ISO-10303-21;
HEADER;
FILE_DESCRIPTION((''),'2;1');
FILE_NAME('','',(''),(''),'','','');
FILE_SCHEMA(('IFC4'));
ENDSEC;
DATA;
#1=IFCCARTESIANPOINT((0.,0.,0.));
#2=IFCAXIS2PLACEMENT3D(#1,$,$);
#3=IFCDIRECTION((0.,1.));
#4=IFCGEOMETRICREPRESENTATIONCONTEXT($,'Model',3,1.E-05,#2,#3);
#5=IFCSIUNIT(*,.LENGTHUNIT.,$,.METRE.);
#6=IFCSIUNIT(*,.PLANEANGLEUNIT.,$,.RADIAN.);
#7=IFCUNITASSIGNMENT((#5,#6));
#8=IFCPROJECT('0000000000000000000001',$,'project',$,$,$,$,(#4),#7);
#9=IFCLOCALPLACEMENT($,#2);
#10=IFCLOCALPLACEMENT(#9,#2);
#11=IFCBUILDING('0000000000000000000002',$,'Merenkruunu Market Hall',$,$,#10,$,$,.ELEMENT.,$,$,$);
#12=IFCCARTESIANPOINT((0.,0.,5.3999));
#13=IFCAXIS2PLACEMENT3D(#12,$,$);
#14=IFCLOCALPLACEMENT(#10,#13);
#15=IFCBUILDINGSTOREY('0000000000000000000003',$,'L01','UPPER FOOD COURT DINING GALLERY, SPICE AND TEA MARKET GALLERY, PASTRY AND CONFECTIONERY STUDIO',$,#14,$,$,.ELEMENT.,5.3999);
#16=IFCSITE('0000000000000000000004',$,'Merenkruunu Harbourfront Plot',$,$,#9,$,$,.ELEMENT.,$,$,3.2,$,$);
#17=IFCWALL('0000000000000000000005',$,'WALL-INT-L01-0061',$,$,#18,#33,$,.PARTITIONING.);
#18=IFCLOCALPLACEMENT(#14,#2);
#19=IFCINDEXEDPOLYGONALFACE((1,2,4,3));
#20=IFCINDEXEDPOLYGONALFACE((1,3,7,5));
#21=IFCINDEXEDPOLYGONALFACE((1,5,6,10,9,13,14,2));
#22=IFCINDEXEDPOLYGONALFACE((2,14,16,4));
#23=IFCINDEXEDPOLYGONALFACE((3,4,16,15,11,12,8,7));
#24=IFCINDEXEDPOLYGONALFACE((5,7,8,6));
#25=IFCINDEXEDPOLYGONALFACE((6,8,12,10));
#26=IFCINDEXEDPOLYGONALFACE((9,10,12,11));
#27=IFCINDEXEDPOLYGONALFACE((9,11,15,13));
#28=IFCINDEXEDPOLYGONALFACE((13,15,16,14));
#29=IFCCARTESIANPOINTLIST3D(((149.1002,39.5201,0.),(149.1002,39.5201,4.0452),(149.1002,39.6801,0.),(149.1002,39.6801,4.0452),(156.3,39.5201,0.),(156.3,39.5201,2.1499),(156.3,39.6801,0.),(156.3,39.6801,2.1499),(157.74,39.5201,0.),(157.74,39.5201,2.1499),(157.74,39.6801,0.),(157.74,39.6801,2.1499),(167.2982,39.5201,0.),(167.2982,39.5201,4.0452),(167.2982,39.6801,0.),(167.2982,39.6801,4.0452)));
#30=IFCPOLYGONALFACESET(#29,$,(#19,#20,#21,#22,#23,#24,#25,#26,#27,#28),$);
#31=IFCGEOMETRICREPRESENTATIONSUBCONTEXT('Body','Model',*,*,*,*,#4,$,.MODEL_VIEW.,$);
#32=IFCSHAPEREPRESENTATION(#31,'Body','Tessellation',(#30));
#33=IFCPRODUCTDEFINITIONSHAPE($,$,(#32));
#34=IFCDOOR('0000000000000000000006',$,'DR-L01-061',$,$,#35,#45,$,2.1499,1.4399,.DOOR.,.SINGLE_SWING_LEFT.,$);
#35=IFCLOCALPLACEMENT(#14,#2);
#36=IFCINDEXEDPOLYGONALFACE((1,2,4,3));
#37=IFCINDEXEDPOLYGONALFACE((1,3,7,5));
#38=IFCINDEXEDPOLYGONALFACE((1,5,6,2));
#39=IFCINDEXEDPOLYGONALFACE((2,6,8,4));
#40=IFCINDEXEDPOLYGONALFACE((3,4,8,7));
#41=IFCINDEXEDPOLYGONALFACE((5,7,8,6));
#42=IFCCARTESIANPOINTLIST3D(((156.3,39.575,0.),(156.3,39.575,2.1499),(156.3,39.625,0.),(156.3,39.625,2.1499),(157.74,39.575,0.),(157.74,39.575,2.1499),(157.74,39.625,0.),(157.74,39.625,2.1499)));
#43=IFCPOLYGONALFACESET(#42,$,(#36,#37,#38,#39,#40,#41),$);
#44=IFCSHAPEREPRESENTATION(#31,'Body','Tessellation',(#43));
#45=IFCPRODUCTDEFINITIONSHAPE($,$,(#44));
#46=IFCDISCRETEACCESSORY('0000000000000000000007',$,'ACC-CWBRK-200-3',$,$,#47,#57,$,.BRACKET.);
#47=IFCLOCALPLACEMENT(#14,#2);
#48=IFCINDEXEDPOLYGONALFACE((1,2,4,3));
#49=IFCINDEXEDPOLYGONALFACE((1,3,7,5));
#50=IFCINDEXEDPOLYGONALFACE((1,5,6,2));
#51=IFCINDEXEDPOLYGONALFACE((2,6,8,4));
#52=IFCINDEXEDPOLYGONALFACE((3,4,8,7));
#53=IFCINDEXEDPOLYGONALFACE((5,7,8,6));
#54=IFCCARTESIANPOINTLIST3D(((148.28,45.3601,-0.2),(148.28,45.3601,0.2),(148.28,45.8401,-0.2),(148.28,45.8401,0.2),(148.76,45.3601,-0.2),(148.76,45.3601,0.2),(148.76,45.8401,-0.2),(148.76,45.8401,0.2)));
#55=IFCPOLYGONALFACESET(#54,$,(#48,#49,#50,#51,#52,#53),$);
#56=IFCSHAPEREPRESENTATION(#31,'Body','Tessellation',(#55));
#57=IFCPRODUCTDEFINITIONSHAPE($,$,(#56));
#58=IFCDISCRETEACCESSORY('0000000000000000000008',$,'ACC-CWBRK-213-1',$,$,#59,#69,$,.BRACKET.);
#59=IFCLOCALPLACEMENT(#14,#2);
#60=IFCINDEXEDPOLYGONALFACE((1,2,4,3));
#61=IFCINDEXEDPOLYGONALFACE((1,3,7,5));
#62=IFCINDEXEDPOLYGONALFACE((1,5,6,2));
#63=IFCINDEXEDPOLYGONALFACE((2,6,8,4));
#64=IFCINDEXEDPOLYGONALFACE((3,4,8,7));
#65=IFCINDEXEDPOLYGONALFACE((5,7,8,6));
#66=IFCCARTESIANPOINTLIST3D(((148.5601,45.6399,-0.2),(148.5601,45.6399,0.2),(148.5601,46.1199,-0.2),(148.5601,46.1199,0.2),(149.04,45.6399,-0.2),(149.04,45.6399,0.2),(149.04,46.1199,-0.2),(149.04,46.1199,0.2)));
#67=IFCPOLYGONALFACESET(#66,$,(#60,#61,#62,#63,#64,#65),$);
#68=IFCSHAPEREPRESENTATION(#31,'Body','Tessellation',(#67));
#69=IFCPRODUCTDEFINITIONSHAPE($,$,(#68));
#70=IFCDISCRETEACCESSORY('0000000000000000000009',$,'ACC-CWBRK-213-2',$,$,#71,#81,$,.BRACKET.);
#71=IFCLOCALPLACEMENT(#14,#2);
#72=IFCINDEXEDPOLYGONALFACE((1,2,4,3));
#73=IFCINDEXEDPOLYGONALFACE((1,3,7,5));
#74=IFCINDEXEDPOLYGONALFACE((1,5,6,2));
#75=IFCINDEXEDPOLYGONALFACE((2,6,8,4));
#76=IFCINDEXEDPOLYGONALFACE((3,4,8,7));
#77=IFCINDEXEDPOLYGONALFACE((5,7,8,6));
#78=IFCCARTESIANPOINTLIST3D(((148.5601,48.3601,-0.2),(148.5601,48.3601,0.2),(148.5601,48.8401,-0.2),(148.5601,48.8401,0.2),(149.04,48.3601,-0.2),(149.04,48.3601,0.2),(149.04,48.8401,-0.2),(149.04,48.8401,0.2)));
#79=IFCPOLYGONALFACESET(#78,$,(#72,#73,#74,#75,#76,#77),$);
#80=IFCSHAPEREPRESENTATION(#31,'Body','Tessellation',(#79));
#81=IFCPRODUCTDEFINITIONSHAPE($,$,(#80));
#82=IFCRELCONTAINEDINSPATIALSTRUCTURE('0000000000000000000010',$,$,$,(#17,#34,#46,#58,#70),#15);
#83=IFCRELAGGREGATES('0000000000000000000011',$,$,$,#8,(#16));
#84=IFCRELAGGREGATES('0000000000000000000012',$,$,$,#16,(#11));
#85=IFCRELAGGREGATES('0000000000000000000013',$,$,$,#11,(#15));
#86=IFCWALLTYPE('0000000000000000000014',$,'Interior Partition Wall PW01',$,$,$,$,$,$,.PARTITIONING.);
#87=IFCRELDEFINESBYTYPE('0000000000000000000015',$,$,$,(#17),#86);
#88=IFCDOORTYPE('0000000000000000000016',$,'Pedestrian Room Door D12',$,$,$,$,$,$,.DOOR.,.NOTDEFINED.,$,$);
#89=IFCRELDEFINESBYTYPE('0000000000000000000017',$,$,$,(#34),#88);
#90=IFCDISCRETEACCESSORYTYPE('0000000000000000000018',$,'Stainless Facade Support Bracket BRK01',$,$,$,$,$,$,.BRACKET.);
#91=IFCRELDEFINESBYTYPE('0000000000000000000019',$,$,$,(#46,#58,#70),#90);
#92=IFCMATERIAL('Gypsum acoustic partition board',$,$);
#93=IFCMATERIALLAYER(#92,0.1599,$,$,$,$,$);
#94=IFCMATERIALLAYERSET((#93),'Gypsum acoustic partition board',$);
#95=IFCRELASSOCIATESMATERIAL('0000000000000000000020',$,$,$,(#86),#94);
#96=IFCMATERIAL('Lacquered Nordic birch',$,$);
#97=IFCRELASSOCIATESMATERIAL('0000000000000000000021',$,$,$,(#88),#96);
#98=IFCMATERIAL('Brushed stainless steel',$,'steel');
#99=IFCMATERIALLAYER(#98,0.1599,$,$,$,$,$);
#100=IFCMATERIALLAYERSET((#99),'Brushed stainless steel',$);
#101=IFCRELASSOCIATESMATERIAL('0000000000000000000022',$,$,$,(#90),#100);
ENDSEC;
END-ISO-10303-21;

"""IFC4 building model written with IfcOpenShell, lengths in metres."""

from ifc_helpers import new_model, si_unit, direction, frame, frame_2d, origin, origin_2d, place, context, subcontext, project, spatial, rectangle, extrude, material, layer, layer_set, type_object, element, fill, save


model = new_model("IFC4")

# Units and contexts
model_context = context("Model", 3, precision=1e-05, world=origin(), true_north=direction((0.0, 1.0)))
body_context = subcontext(model_context, "Body", "Model", "MODEL_VIEW")
ifc_project = project(units=[si_unit("LENGTHUNIT", "METRE"), si_unit("PLANEANGLEUNIT", "RADIAN")], contexts=[model_context])

# Site, building, storey
site_placement = place(None, origin())
site = spatial("IfcSite", under=ifc_project, at=site_placement, Name="Merenkruunu Harbourfront Plot", CompositionType="ELEMENT", RefElevation=3.2)
building_placement = place(site_placement, origin())
building = spatial("IfcBuilding", under=site, at=building_placement, Name="Merenkruunu Market Hall", CompositionType="ELEMENT")
storey_placement = place(building_placement, frame((0.0, 0.0, 5.3999)))
storey = spatial("IfcBuildingStorey", under=building, at=storey_placement, Name="L01", Description="UPPER FOOD COURT DINING GALLERY, SPICE AND TEA MARKET GALLERY, PASTRY AND CONFECTIONERY STUDIO", CompositionType="ELEMENT", Elevation=5.3999)

# Wall, opening, door
ifc_material_1 = material(Name="Gypsum acoustic partition board")
ifc_layer_1 = layer(ifc_material_1, 0.1599)
ifc_layer_set_1 = layer_set([ifc_layer_1], Name="Gypsum acoustic partition board")
wall_type = type_object("IfcWallType", Name="Interior Partition Wall PW01", PredefinedType="PARTITIONING", material=ifc_layer_set_1)
wall_placement = place(storey_placement, frame((149.1001, 39.6001, 0.0), z_axis=(0.0, 0.0, 1.0), x_axis=(1.0, 0.0, 0.0)))
wall = element("IfcWall", 1, at=wall_placement, inside=storey, type_object=wall_type, Name="WALL-INT-L01-0061", PredefinedType="PARTITIONING", context=body_context, shape_type="SweptSolid", body=[
    extrude(rectangle(XDim=18.198, YDim=0.1599, at=frame_2d((9.0991, 0.0))), origin(), (0.0, 0.0, 1.0), 4.0452),
])
opening_placement = place(wall_placement, frame((7.2, 0.0, 0.0)))
opening = element("IfcOpeningElement", 2, at=opening_placement, cuts=wall, PredefinedType="OPENING", context=body_context, shape_type="SweptSolid", body=[
    extrude(rectangle(XDim=1.4399, YDim=2.1499, at=frame_2d((0.72, 1.075))), frame((0.0, 0.0898, 0.0), z_axis=(0.0, -1.0, 0.0), x_axis=(1.0, 0.0, 0.0)), (0.0, 0.0, 1.0), 0.1799),
])
ifc_material_2 = material(Name="Lacquered Nordic birch")
door_type = type_object("IfcDoorType", Name="Pedestrian Room Door D12", OperationType="NOTDEFINED", PredefinedType="DOOR", material=ifc_material_2)
door_placement = place(opening_placement, origin())
door = element("IfcDoor", 3, at=door_placement, inside=storey, type_object=door_type, Name="DR-L01-061", OperationType="SINGLE_SWING_LEFT", OverallHeight=2.1499, OverallWidth=1.4399, PredefinedType="DOOR", context=body_context, shape_type="SweptSolid", body=[
    extrude(rectangle(XDim=1.4399, YDim=2.1499, at=frame_2d((0.72, 1.075))), frame((0.0, 0.0249, 0.0), z_axis=(0.0, -1.0, 0.0), x_axis=(1.0, 0.0, 0.0)), (0.0, 0.0, 1.0), 0.05),
])
fill(opening, door)

# Discrete accessories
ifc_material_3 = material(Name="Brushed stainless steel", Category="steel")
ifc_layer_2 = layer(ifc_material_3, 0.1599)
ifc_layer_set_2 = layer_set([ifc_layer_2], Name="Brushed stainless steel")
discrete_accessory_type = type_object("IfcDiscreteAccessoryType", Name="Stainless Facade Support Bracket BRK01", PredefinedType="BRACKET", material=ifc_layer_set_2)
for number, where, z_axis, x_axis, name in (
    (4, (148.52, 45.6001, -0.2), (0.0, 0.0, 1.0), (1.0, 0.0, 0.0), "ACC-CWBRK-200-3"),
    (5, (148.8, 45.8799, -0.2), (0.0, 0.0, 1.0), (1.0, 0.0, 0.0), "ACC-CWBRK-213-1"),
    (6, (148.8, 48.6001, -0.2), (0.0, 0.0, 1.0), (1.0, 0.0, 0.0), "ACC-CWBRK-213-2"),
):
    element("IfcDiscreteAccessory", number, at=place(storey_placement, frame(where, z_axis=z_axis, x_axis=x_axis)), inside=storey, type_object=discrete_accessory_type, Name=name, PredefinedType="BRACKET", context=body_context, shape_type="SweptSolid", body=[
        extrude(rectangle(XDim=0.48, YDim=0.48, at=origin_2d()), origin(), (0.0, 0.0, 1.0), 0.3999),
    ])

save(model, "model.ifc")
